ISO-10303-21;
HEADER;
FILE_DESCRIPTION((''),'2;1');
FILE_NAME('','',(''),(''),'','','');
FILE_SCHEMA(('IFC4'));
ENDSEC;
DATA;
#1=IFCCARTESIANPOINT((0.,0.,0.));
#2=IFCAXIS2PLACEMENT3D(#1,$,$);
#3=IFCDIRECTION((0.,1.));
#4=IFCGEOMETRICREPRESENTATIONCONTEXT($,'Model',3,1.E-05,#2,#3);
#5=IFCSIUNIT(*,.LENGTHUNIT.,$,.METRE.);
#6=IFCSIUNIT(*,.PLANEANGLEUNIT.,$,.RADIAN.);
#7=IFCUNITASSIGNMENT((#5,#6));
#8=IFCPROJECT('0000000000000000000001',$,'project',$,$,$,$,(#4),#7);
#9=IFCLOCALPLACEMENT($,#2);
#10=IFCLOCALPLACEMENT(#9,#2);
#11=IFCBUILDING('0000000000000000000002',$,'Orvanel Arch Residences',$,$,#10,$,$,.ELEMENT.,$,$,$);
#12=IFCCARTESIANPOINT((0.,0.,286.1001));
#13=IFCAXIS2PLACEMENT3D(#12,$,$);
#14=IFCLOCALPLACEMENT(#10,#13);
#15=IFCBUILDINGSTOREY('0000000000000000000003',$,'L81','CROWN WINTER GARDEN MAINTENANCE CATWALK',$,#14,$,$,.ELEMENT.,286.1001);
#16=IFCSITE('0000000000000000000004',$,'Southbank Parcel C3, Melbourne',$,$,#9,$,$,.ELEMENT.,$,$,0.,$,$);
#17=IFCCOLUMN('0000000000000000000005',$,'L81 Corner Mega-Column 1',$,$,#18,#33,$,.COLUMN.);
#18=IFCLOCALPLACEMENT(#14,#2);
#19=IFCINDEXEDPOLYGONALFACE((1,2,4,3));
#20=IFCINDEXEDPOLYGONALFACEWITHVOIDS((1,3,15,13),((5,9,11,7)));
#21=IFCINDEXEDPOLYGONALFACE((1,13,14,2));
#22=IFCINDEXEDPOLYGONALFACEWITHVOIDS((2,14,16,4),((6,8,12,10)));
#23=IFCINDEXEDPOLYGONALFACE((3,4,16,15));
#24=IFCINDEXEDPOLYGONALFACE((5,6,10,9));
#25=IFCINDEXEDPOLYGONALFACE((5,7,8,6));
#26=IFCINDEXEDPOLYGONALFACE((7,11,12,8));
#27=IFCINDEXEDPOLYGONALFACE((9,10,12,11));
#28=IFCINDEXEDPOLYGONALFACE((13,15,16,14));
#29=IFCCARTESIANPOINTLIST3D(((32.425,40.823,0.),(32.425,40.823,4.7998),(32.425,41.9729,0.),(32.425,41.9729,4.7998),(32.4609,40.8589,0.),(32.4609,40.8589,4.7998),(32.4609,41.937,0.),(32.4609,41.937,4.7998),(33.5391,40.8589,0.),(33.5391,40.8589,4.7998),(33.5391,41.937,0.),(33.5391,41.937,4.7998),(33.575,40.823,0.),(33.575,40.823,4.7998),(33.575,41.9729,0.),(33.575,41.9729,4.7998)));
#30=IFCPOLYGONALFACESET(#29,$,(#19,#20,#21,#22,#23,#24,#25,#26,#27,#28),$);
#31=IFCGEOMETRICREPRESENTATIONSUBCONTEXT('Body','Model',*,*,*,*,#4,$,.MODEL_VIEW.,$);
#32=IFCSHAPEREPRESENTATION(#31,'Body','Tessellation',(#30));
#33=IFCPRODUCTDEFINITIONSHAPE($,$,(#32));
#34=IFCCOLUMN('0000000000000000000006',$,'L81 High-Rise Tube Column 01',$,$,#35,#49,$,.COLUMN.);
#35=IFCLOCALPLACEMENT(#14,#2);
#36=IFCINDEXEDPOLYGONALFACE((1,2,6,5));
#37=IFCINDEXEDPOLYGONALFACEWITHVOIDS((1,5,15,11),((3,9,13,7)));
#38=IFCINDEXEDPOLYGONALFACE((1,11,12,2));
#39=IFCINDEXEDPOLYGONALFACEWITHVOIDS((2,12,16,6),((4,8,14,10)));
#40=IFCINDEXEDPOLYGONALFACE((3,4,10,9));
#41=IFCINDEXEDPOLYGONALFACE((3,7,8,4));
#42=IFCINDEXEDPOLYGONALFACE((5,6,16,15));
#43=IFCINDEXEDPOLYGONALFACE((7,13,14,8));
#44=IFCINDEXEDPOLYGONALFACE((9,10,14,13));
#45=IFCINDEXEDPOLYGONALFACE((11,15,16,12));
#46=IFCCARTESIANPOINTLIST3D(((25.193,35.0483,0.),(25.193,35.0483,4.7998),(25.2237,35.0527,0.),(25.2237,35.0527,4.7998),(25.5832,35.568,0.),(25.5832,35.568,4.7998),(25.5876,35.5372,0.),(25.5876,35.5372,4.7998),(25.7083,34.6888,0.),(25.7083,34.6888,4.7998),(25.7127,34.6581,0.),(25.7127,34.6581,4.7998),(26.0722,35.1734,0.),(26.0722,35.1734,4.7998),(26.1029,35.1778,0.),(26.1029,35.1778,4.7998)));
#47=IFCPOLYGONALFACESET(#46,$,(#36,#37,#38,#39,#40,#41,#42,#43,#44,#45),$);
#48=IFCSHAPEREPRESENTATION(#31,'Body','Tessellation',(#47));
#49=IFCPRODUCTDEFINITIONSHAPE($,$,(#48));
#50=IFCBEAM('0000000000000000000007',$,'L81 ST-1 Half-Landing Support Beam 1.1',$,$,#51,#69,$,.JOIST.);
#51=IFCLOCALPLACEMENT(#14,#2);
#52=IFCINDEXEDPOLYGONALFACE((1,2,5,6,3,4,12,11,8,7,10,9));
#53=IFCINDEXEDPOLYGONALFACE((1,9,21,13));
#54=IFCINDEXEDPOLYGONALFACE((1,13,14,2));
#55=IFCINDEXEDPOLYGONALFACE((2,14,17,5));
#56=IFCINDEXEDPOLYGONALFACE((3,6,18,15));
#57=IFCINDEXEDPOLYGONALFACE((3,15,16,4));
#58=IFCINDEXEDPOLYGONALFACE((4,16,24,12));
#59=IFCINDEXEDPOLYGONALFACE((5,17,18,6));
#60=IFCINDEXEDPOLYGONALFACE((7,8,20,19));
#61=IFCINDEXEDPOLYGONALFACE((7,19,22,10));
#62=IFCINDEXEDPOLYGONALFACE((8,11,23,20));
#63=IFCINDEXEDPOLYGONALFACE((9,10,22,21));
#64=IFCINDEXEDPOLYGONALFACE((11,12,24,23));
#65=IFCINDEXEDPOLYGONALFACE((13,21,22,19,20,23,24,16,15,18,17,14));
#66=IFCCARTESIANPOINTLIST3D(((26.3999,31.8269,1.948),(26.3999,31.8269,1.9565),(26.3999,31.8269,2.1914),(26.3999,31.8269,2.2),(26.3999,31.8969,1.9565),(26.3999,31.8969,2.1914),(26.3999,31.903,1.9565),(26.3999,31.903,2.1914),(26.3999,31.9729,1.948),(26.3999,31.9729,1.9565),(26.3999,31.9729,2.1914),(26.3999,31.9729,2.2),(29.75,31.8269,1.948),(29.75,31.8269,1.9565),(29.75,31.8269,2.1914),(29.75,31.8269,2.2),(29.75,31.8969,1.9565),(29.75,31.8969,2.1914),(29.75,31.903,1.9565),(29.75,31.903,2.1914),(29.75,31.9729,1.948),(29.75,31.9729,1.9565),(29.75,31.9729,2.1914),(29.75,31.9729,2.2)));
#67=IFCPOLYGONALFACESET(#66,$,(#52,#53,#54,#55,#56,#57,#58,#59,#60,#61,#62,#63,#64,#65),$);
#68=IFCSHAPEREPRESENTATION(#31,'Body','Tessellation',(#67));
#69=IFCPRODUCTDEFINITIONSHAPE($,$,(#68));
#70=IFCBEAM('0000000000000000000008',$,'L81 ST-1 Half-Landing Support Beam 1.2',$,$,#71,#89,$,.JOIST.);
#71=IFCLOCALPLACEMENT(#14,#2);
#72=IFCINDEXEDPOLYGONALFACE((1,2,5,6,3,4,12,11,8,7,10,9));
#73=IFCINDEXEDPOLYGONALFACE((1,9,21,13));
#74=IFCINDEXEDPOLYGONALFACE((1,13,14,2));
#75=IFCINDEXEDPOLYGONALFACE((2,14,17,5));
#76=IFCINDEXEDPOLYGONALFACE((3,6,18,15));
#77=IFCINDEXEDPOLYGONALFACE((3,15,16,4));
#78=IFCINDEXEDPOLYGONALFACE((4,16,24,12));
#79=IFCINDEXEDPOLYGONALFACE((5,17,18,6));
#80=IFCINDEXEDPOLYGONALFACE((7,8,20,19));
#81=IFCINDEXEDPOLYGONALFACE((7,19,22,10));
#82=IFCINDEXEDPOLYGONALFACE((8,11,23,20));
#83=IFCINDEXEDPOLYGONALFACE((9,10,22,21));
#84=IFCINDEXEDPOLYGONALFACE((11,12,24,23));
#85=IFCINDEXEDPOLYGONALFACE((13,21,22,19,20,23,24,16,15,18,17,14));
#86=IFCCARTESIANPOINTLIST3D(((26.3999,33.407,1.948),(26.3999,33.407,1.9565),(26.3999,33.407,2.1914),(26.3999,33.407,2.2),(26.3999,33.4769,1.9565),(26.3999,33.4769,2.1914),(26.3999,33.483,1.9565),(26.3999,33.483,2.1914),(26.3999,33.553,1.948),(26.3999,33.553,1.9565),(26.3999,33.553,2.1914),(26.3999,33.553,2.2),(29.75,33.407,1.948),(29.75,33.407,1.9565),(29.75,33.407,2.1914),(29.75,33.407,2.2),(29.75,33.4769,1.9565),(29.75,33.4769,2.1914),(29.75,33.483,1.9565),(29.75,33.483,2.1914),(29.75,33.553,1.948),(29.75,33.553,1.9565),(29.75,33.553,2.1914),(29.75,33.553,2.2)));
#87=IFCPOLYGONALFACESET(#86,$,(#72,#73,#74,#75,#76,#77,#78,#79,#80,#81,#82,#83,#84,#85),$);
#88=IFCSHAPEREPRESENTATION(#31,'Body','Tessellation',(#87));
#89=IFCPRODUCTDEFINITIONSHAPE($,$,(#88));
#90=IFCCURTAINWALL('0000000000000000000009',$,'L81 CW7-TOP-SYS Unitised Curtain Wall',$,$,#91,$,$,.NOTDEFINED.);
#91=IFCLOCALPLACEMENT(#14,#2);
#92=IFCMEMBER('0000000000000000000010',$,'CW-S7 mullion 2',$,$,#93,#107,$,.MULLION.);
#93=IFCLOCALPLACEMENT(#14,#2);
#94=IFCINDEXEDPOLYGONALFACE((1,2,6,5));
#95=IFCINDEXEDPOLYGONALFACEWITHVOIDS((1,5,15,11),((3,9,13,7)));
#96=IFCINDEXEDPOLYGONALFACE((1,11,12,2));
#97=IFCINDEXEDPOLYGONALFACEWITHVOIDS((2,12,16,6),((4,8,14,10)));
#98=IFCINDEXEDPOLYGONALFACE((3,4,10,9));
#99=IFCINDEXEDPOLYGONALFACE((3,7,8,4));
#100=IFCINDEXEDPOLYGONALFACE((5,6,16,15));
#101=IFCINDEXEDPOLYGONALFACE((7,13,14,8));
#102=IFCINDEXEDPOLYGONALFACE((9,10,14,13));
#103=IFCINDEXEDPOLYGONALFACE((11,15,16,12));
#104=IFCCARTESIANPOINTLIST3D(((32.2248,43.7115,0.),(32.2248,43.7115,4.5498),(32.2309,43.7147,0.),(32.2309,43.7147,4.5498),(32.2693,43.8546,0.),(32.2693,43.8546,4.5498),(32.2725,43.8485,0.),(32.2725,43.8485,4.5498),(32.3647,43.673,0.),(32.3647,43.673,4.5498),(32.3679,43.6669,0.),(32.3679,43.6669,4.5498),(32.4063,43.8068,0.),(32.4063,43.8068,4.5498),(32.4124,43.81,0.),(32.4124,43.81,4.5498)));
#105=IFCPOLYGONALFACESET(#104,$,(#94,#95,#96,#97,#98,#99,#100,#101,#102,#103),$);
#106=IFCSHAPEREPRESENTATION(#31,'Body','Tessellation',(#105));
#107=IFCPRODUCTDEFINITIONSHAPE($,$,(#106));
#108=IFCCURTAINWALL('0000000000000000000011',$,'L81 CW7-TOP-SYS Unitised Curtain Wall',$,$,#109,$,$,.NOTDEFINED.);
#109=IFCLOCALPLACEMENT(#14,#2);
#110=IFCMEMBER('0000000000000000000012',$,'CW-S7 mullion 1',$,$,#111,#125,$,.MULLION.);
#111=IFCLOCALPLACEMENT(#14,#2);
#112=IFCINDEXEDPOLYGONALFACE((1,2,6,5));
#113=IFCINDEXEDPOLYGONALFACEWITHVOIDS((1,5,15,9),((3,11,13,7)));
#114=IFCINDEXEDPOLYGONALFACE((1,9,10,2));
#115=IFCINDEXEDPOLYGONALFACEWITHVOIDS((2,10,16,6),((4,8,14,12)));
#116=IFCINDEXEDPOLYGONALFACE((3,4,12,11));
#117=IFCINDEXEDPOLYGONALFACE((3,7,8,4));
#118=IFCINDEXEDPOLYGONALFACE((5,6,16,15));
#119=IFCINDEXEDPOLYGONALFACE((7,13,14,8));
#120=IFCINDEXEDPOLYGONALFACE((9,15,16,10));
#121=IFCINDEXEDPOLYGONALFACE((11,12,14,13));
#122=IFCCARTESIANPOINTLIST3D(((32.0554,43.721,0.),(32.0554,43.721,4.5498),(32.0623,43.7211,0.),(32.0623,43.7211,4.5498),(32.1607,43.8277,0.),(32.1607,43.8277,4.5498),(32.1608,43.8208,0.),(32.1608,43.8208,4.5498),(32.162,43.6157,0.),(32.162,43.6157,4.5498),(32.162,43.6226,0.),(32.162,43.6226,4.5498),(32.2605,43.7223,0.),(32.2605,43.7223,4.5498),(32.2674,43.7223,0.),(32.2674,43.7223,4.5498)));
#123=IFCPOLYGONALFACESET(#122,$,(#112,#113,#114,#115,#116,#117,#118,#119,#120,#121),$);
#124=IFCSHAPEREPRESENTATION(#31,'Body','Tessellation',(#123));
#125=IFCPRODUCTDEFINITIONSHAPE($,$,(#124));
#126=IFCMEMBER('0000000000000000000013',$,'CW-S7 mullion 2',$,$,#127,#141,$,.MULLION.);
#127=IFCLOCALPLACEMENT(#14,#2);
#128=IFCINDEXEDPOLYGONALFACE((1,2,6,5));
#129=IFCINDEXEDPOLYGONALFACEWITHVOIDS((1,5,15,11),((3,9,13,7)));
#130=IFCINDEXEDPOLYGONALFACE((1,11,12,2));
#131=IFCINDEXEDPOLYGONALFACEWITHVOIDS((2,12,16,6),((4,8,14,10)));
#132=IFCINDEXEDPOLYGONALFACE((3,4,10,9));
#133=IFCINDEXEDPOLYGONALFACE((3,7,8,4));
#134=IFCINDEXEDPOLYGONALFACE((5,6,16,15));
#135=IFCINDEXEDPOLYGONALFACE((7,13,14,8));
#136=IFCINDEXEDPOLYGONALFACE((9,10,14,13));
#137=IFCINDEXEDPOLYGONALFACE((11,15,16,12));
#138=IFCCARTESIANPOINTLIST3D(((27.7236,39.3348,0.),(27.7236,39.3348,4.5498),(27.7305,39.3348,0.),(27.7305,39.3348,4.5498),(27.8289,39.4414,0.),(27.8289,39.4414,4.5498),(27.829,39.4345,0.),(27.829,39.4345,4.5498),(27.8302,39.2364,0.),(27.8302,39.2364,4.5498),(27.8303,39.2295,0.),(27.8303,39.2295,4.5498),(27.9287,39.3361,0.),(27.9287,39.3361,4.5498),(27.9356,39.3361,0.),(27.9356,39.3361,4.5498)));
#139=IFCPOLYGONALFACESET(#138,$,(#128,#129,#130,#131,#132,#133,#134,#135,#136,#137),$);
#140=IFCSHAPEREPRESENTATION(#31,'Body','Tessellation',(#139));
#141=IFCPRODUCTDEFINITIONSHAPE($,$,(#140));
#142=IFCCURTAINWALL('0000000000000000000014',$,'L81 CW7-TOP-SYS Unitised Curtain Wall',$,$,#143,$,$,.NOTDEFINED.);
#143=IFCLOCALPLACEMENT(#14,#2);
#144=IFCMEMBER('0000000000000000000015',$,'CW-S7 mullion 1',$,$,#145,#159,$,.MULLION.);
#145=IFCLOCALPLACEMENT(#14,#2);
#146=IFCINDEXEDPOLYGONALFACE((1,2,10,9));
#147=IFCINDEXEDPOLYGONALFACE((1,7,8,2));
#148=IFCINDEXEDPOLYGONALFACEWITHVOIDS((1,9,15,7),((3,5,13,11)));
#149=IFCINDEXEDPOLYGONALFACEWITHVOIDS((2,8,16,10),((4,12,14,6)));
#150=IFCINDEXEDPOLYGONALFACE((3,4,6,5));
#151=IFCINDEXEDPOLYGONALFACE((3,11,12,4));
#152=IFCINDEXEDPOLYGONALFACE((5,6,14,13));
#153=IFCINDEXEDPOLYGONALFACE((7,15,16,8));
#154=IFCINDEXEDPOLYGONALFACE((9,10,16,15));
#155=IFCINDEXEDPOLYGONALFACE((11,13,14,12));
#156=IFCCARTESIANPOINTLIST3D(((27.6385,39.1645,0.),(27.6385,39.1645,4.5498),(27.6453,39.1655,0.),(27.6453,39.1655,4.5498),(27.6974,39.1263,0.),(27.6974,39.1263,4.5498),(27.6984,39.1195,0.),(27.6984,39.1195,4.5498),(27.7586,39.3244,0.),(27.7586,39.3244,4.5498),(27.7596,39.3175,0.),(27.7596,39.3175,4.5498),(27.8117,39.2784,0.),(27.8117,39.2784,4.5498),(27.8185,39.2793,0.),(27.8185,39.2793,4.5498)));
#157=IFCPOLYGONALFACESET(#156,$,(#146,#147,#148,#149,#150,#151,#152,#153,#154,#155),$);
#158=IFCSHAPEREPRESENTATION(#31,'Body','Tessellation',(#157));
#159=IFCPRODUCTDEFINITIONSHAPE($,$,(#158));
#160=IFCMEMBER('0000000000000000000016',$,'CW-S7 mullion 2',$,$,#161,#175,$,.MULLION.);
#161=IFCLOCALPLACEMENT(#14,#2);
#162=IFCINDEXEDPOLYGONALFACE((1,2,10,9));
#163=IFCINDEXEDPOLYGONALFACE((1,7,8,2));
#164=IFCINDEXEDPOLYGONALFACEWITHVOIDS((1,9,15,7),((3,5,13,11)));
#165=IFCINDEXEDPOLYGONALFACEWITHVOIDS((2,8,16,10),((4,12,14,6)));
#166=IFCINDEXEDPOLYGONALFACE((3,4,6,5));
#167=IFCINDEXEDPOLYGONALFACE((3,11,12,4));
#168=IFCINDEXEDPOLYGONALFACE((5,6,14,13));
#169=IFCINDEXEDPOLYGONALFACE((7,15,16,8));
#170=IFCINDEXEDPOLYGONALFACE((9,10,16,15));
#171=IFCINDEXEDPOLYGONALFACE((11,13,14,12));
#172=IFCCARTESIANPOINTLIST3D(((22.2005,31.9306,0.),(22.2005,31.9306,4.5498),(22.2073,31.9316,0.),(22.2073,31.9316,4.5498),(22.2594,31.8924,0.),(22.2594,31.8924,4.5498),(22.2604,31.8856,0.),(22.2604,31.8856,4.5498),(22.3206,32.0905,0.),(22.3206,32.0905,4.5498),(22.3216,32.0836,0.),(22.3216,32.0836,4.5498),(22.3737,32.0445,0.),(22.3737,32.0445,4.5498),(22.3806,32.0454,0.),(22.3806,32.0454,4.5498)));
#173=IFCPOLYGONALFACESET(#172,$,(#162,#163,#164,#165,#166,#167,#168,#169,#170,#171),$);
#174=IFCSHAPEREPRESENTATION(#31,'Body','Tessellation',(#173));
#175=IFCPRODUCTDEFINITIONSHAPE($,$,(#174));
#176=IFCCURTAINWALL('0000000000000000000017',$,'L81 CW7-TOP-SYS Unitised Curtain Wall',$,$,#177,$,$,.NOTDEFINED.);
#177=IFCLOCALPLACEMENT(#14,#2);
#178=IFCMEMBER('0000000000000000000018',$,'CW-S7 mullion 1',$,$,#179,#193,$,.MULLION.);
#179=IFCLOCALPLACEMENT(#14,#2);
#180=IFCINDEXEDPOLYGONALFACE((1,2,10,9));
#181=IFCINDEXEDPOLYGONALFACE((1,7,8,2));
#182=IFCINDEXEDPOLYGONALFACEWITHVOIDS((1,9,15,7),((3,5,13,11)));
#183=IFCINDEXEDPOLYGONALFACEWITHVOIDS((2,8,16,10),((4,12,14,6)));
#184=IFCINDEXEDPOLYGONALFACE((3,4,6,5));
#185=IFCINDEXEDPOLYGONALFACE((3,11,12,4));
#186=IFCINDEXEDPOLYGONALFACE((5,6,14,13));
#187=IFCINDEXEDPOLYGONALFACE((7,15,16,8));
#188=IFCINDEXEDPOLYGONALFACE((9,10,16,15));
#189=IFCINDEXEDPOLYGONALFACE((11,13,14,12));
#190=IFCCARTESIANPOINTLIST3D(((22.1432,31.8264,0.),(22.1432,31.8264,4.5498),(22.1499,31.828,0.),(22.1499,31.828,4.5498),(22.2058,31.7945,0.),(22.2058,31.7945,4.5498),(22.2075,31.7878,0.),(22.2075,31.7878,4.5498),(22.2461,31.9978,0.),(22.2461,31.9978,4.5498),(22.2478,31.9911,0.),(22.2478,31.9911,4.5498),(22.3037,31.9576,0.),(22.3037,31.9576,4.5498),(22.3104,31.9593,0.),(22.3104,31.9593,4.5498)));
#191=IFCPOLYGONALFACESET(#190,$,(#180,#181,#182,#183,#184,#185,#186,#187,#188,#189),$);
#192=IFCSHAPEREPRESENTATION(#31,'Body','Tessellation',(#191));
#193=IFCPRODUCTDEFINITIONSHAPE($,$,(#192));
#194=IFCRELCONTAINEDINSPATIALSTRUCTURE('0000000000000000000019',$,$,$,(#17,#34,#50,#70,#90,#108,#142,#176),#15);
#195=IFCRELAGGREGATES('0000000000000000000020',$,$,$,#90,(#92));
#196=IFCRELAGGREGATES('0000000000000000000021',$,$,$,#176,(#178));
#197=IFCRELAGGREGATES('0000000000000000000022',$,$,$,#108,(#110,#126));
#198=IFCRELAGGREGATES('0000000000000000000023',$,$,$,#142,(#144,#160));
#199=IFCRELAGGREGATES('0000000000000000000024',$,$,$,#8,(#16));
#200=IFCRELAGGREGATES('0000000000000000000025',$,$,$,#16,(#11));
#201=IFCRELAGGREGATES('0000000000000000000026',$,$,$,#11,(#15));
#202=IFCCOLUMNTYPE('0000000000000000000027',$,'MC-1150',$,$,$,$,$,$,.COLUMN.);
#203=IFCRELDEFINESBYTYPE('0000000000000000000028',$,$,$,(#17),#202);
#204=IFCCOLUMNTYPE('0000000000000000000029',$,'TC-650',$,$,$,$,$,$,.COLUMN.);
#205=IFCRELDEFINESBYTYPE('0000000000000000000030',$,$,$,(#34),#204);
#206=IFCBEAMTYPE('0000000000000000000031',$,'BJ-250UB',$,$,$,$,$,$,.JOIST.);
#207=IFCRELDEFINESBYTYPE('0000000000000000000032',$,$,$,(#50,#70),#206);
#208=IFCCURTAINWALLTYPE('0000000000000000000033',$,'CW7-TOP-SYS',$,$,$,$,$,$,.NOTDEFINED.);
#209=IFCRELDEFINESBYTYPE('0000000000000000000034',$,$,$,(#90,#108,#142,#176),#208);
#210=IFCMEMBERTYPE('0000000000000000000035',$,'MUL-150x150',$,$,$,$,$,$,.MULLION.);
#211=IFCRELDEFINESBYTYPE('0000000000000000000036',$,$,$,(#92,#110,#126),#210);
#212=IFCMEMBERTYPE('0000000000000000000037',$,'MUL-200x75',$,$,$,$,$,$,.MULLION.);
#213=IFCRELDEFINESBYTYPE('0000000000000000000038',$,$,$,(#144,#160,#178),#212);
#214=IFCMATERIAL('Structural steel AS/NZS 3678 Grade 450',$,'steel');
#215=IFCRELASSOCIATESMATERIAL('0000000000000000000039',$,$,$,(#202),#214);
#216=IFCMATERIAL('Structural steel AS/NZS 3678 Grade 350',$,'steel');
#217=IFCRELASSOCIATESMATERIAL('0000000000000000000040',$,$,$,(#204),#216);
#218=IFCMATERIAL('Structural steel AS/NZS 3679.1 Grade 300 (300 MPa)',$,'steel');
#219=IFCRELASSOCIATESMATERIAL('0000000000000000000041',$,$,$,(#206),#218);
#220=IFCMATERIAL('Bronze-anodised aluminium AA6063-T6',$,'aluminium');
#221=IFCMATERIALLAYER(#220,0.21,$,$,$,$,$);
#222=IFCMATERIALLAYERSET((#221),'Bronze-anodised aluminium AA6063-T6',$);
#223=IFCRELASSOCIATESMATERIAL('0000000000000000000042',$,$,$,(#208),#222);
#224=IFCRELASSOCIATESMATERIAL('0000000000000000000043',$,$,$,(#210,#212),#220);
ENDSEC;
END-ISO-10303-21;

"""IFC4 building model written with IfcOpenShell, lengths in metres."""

from ifc_helpers import new_model, si_unit, direction, frame, origin, origin_2d, place, context, subcontext, project, spatial, hollow_rectangle, i_section, extrude, material, layer, layer_set, material_profile, profile_set, type_object, element, aggregate, save


model = new_model("IFC4")

# Units and contexts
model_context = context("Model", 3, precision=1e-05, world=origin(), true_north=direction((0.0, 1.0)))
body_context = subcontext(model_context, "Body", "Model", "MODEL_VIEW")
ifc_project = project(units=[si_unit("LENGTHUNIT", "METRE"), si_unit("PLANEANGLEUNIT", "RADIAN")], contexts=[model_context])

# Site, building, storey
site_placement = place(None, origin())
site = spatial("IfcSite", under=ifc_project, at=site_placement, Name="Southbank Parcel C3, Melbourne", CompositionType="ELEMENT", RefElevation=0.0)
building_placement = place(site_placement, origin())
building = spatial("IfcBuilding", under=site, at=building_placement, Name="Orvanel Arch Residences", CompositionType="ELEMENT")
storey_placement = place(building_placement, frame((0.0, 0.0, 286.1001)))
storey = spatial("IfcBuildingStorey", under=building, at=storey_placement, Name="L81", Description="CROWN WINTER GARDEN MAINTENANCE CATWALK", CompositionType="ELEMENT", Elevation=286.1001)

# Columns
ifc_material_1 = material(Name="Structural steel AS/NZS 3678 Grade 450", Category="steel")
ifc_material_profile_1 = material_profile(ifc_material_1, hollow_rectangle(XDim=1.1499, YDim=1.1499, WallThickness=0.0359, at=origin_2d()), Name="BOX1150x1150x36")
ifc_profile_set_1 = profile_set([ifc_material_profile_1], Name="Structural steel AS/NZS 3678 Grade 450")
column_type_1 = type_object("IfcColumnType", Name="MC-1150", PredefinedType="COLUMN", material=ifc_profile_set_1)
column_1_placement = place(storey_placement, frame((33.0, 41.3979, 0.0), z_axis=(0.0, 0.0, 1.0), x_axis=(1.0, 0.0, 0.0)))
element("IfcColumn", 1, at=column_1_placement, inside=storey, type_object=column_type_1, Name="L81 Corner Mega-Column 1", PredefinedType="COLUMN", context=body_context, shape_type="SweptSolid", body=[
    extrude(hollow_rectangle(XDim=1.1499, YDim=1.1499, WallThickness=0.0359, at=origin_2d()), origin(), (0.0, 0.0, 1.0), 4.7998),
])
ifc_material_2 = material(Name="Structural steel AS/NZS 3678 Grade 350", Category="steel")
ifc_material_profile_2 = material_profile(ifc_material_2, hollow_rectangle(XDim=0.6499, YDim=0.6499, WallThickness=0.022, at=origin_2d()), Name="BOX650x650x22")
ifc_profile_set_2 = profile_set([ifc_material_profile_2], Name="Structural steel AS/NZS 3678 Grade 350")
column_type_2 = type_object("IfcColumnType", Name="TC-650", PredefinedType="COLUMN", material=ifc_profile_set_2)
column_2_placement = place(storey_placement, frame((25.6479, 35.113, 0.0), z_axis=(0.0, 0.0, 1.0), x_axis=(0.60042, 0.799685, 0.0)))
element("IfcColumn", 2, at=column_2_placement, inside=storey, type_object=column_type_2, Name="L81 High-Rise Tube Column 01", PredefinedType="COLUMN", context=body_context, shape_type="SweptSolid", body=[
    extrude(hollow_rectangle(XDim=0.6499, YDim=0.6499, WallThickness=0.022, at=origin_2d()), origin(), (0.0, 0.0, 1.0), 4.7998),
])

# Beams
ifc_material_3 = material(Name="Structural steel AS/NZS 3679.1 Grade 300 (300 MPa)", Category="steel")
ifc_material_profile_3 = material_profile(ifc_material_3, i_section(OverallWidth=0.146, OverallDepth=0.252, WebThickness=0.0061, FlangeThickness=0.0085, at=origin_2d()), Name="250UB31.4")
ifc_profile_set_3 = profile_set([ifc_material_profile_3], Name="Structural steel AS/NZS 3679.1 Grade 300 (300 MPa)")
beam_type_1 = type_object("IfcBeamType", Name="BJ-250UB", PredefinedType="JOIST", material=ifc_profile_set_3)
for number, where, z_axis, x_axis, name in (
    (3, (26.3999, 31.8999, 2.074), (1.0, 0.0, 0.0), (0.0, 1.0, 0.0), "L81 ST-1 Half-Landing Support Beam 1.1"),
    (4, (26.3999, 33.48, 2.074), (1.0, 0.0, 0.0), (0.0, 1.0, 0.0), "L81 ST-1 Half-Landing Support Beam 1.2"),
):
    element("IfcBeam", number, at=place(storey_placement, frame(where, z_axis=z_axis, x_axis=x_axis)), inside=storey, type_object=beam_type_1, Name=name, PredefinedType="JOIST", context=body_context, shape_type="SweptSolid", body=[
        extrude(i_section(OverallWidth=0.146, OverallDepth=0.252, WebThickness=0.0061, FlangeThickness=0.0085, at=origin_2d()), origin(), (0.0, 0.0, 1.0), 3.3501),
    ])

# Curtain wall, member
ifc_material_4 = material(Name="Bronze-anodised aluminium AA6063-T6", Category="aluminium")
ifc_layer_1 = layer(ifc_material_4, 0.21)
ifc_layer_set_1 = layer_set([ifc_layer_1], Name="Bronze-anodised aluminium AA6063-T6")
curtain_wall_type = type_object("IfcCurtainWallType", Name="CW7-TOP-SYS", PredefinedType="NOTDEFINED", material=ifc_layer_set_1)
curtain_wall_1_placement = place(storey_placement, origin())
curtain_wall_1 = element("IfcCurtainWall", 5, at=curtain_wall_1_placement, inside=storey, type_object=curtain_wall_type, Name="L81 CW7-TOP-SYS Unitised Curtain Wall", PredefinedType="NOTDEFINED")
ifc_material_profile_4 = material_profile(ifc_material_4, hollow_rectangle(XDim=0.1499, YDim=0.1499, WallThickness=0.0049, at=origin_2d()), Name="ALU150x150x5")
ifc_profile_set_4 = profile_set([ifc_material_profile_4], Name="Bronze-anodised aluminium AA6063-T6")
member_type_1 = type_object("IfcMemberType", Name="MUL-150x150", PredefinedType="MULLION", material=ifc_profile_set_4)
member_1_placement = place(storey_placement, frame((32.3186, 43.7607, 0.0), z_axis=(0.0, 0.0, 1.0), x_axis=(-0.297187, -0.954819, 0.0)))
member_1 = element("IfcMember", 6, at=member_1_placement, type_object=member_type_1, Name="CW-S7 mullion 2", PredefinedType="MULLION", context=body_context, shape_type="SweptSolid", body=[
    extrude(hollow_rectangle(XDim=0.1499, YDim=0.1499, WallThickness=0.0049, at=origin_2d()), origin(), (0.0, 0.0, 1.0), 4.5498),
])
aggregate(curtain_wall_1, [member_1])

# Curtain walls, members
curtain_wall_2_placement = place(storey_placement, origin())
curtain_wall_2 = element("IfcCurtainWall", 7, at=curtain_wall_2_placement, inside=storey, type_object=curtain_wall_type, Name="L81 CW7-TOP-SYS Unitised Curtain Wall", PredefinedType="NOTDEFINED")
member_2_placement = place(storey_placement, frame((32.1614, 43.7217, 0.0), z_axis=(0.0, 0.0, 1.0), x_axis=(0.711527, -0.702659, 0.0)))
member_2 = element("IfcMember", 8, at=member_2_placement, type_object=member_type_1, Name="CW-S7 mullion 1", PredefinedType="MULLION", context=body_context, shape_type="SweptSolid", body=[
    extrude(hollow_rectangle(XDim=0.1499, YDim=0.1499, WallThickness=0.0049, at=origin_2d()), origin(), (0.0, 0.0, 1.0), 4.5498),
])
member_3_placement = place(storey_placement, frame((27.8296, 39.3354, 0.0), z_axis=(0.0, 0.0, 1.0), x_axis=(0.711527, -0.702659, 0.0)))
member_3 = element("IfcMember", 9, at=member_3_placement, type_object=member_type_1, Name="CW-S7 mullion 2", PredefinedType="MULLION", context=body_context, shape_type="SweptSolid", body=[
    extrude(hollow_rectangle(XDim=0.1499, YDim=0.1499, WallThickness=0.0049, at=origin_2d()), origin(), (0.0, 0.0, 1.0), 4.5498),
])
curtain_wall_3_placement = place(storey_placement, origin())
curtain_wall_3 = element("IfcCurtainWall", 10, at=curtain_wall_3_placement, inside=storey, type_object=curtain_wall_type, Name="L81 CW7-TOP-SYS Unitised Curtain Wall", PredefinedType="NOTDEFINED")
ifc_material_profile_5 = material_profile(ifc_material_4, hollow_rectangle(XDim=0.075, YDim=0.2, WallThickness=0.0049, at=origin_2d()), Name="ALU200x75x5")
ifc_profile_set_5 = profile_set([ifc_material_profile_5], Name="Bronze-anodised aluminium AA6063-T6")
member_type_2 = type_object("IfcMemberType", Name="MUL-200x75", PredefinedType="MULLION", material=ifc_profile_set_5)
member_4_placement = place(storey_placement, frame((27.7285, 39.2219, 0.0), z_axis=(0.0, 0.0, 1.0), x_axis=(0.799342, -0.600876, 0.0)))
member_4 = element("IfcMember", 11, at=member_4_placement, type_object=member_type_2, Name="CW-S7 mullion 1", PredefinedType="MULLION", context=body_context, shape_type="SweptSolid", body=[
    extrude(hollow_rectangle(XDim=0.075, YDim=0.2, WallThickness=0.0049, at=origin_2d()), origin(), (0.0, 0.0, 1.0), 4.5498),
])
member_5_placement = place(storey_placement, frame((22.2905, 31.988, 0.0), z_axis=(0.0, 0.0, 1.0), x_axis=(0.799342, -0.600876, 0.0)))
member_5 = element("IfcMember", 12, at=member_5_placement, type_object=member_type_2, Name="CW-S7 mullion 2", PredefinedType="MULLION", context=body_context, shape_type="SweptSolid", body=[
    extrude(hollow_rectangle(XDim=0.075, YDim=0.2, WallThickness=0.0049, at=origin_2d()), origin(), (0.0, 0.0, 1.0), 4.5498),
])

# Curtain wall, member
curtain_wall_4_placement = place(storey_placement, origin())
curtain_wall_4 = element("IfcCurtainWall", 13, at=curtain_wall_4_placement, inside=storey, type_object=curtain_wall_type, Name="L81 CW7-TOP-SYS Unitised Curtain Wall", PredefinedType="NOTDEFINED")
member_6_placement = place(storey_placement, frame((22.2268, 31.8928, 0.0), z_axis=(0.0, 0.0, 1.0), x_axis=(0.857522, -0.514447, 0.0)))
member_6 = element("IfcMember", 14, at=member_6_placement, type_object=member_type_2, Name="CW-S7 mullion 1", PredefinedType="MULLION", context=body_context, shape_type="SweptSolid", body=[
    extrude(hollow_rectangle(XDim=0.075, YDim=0.2, WallThickness=0.0049, at=origin_2d()), origin(), (0.0, 0.0, 1.0), 4.5498),
])

aggregate(curtain_wall_4, [member_6])

aggregate(curtain_wall_2, [member_2, member_3])
aggregate(curtain_wall_3, [member_4, member_5])

save(model, "model.ifc")
